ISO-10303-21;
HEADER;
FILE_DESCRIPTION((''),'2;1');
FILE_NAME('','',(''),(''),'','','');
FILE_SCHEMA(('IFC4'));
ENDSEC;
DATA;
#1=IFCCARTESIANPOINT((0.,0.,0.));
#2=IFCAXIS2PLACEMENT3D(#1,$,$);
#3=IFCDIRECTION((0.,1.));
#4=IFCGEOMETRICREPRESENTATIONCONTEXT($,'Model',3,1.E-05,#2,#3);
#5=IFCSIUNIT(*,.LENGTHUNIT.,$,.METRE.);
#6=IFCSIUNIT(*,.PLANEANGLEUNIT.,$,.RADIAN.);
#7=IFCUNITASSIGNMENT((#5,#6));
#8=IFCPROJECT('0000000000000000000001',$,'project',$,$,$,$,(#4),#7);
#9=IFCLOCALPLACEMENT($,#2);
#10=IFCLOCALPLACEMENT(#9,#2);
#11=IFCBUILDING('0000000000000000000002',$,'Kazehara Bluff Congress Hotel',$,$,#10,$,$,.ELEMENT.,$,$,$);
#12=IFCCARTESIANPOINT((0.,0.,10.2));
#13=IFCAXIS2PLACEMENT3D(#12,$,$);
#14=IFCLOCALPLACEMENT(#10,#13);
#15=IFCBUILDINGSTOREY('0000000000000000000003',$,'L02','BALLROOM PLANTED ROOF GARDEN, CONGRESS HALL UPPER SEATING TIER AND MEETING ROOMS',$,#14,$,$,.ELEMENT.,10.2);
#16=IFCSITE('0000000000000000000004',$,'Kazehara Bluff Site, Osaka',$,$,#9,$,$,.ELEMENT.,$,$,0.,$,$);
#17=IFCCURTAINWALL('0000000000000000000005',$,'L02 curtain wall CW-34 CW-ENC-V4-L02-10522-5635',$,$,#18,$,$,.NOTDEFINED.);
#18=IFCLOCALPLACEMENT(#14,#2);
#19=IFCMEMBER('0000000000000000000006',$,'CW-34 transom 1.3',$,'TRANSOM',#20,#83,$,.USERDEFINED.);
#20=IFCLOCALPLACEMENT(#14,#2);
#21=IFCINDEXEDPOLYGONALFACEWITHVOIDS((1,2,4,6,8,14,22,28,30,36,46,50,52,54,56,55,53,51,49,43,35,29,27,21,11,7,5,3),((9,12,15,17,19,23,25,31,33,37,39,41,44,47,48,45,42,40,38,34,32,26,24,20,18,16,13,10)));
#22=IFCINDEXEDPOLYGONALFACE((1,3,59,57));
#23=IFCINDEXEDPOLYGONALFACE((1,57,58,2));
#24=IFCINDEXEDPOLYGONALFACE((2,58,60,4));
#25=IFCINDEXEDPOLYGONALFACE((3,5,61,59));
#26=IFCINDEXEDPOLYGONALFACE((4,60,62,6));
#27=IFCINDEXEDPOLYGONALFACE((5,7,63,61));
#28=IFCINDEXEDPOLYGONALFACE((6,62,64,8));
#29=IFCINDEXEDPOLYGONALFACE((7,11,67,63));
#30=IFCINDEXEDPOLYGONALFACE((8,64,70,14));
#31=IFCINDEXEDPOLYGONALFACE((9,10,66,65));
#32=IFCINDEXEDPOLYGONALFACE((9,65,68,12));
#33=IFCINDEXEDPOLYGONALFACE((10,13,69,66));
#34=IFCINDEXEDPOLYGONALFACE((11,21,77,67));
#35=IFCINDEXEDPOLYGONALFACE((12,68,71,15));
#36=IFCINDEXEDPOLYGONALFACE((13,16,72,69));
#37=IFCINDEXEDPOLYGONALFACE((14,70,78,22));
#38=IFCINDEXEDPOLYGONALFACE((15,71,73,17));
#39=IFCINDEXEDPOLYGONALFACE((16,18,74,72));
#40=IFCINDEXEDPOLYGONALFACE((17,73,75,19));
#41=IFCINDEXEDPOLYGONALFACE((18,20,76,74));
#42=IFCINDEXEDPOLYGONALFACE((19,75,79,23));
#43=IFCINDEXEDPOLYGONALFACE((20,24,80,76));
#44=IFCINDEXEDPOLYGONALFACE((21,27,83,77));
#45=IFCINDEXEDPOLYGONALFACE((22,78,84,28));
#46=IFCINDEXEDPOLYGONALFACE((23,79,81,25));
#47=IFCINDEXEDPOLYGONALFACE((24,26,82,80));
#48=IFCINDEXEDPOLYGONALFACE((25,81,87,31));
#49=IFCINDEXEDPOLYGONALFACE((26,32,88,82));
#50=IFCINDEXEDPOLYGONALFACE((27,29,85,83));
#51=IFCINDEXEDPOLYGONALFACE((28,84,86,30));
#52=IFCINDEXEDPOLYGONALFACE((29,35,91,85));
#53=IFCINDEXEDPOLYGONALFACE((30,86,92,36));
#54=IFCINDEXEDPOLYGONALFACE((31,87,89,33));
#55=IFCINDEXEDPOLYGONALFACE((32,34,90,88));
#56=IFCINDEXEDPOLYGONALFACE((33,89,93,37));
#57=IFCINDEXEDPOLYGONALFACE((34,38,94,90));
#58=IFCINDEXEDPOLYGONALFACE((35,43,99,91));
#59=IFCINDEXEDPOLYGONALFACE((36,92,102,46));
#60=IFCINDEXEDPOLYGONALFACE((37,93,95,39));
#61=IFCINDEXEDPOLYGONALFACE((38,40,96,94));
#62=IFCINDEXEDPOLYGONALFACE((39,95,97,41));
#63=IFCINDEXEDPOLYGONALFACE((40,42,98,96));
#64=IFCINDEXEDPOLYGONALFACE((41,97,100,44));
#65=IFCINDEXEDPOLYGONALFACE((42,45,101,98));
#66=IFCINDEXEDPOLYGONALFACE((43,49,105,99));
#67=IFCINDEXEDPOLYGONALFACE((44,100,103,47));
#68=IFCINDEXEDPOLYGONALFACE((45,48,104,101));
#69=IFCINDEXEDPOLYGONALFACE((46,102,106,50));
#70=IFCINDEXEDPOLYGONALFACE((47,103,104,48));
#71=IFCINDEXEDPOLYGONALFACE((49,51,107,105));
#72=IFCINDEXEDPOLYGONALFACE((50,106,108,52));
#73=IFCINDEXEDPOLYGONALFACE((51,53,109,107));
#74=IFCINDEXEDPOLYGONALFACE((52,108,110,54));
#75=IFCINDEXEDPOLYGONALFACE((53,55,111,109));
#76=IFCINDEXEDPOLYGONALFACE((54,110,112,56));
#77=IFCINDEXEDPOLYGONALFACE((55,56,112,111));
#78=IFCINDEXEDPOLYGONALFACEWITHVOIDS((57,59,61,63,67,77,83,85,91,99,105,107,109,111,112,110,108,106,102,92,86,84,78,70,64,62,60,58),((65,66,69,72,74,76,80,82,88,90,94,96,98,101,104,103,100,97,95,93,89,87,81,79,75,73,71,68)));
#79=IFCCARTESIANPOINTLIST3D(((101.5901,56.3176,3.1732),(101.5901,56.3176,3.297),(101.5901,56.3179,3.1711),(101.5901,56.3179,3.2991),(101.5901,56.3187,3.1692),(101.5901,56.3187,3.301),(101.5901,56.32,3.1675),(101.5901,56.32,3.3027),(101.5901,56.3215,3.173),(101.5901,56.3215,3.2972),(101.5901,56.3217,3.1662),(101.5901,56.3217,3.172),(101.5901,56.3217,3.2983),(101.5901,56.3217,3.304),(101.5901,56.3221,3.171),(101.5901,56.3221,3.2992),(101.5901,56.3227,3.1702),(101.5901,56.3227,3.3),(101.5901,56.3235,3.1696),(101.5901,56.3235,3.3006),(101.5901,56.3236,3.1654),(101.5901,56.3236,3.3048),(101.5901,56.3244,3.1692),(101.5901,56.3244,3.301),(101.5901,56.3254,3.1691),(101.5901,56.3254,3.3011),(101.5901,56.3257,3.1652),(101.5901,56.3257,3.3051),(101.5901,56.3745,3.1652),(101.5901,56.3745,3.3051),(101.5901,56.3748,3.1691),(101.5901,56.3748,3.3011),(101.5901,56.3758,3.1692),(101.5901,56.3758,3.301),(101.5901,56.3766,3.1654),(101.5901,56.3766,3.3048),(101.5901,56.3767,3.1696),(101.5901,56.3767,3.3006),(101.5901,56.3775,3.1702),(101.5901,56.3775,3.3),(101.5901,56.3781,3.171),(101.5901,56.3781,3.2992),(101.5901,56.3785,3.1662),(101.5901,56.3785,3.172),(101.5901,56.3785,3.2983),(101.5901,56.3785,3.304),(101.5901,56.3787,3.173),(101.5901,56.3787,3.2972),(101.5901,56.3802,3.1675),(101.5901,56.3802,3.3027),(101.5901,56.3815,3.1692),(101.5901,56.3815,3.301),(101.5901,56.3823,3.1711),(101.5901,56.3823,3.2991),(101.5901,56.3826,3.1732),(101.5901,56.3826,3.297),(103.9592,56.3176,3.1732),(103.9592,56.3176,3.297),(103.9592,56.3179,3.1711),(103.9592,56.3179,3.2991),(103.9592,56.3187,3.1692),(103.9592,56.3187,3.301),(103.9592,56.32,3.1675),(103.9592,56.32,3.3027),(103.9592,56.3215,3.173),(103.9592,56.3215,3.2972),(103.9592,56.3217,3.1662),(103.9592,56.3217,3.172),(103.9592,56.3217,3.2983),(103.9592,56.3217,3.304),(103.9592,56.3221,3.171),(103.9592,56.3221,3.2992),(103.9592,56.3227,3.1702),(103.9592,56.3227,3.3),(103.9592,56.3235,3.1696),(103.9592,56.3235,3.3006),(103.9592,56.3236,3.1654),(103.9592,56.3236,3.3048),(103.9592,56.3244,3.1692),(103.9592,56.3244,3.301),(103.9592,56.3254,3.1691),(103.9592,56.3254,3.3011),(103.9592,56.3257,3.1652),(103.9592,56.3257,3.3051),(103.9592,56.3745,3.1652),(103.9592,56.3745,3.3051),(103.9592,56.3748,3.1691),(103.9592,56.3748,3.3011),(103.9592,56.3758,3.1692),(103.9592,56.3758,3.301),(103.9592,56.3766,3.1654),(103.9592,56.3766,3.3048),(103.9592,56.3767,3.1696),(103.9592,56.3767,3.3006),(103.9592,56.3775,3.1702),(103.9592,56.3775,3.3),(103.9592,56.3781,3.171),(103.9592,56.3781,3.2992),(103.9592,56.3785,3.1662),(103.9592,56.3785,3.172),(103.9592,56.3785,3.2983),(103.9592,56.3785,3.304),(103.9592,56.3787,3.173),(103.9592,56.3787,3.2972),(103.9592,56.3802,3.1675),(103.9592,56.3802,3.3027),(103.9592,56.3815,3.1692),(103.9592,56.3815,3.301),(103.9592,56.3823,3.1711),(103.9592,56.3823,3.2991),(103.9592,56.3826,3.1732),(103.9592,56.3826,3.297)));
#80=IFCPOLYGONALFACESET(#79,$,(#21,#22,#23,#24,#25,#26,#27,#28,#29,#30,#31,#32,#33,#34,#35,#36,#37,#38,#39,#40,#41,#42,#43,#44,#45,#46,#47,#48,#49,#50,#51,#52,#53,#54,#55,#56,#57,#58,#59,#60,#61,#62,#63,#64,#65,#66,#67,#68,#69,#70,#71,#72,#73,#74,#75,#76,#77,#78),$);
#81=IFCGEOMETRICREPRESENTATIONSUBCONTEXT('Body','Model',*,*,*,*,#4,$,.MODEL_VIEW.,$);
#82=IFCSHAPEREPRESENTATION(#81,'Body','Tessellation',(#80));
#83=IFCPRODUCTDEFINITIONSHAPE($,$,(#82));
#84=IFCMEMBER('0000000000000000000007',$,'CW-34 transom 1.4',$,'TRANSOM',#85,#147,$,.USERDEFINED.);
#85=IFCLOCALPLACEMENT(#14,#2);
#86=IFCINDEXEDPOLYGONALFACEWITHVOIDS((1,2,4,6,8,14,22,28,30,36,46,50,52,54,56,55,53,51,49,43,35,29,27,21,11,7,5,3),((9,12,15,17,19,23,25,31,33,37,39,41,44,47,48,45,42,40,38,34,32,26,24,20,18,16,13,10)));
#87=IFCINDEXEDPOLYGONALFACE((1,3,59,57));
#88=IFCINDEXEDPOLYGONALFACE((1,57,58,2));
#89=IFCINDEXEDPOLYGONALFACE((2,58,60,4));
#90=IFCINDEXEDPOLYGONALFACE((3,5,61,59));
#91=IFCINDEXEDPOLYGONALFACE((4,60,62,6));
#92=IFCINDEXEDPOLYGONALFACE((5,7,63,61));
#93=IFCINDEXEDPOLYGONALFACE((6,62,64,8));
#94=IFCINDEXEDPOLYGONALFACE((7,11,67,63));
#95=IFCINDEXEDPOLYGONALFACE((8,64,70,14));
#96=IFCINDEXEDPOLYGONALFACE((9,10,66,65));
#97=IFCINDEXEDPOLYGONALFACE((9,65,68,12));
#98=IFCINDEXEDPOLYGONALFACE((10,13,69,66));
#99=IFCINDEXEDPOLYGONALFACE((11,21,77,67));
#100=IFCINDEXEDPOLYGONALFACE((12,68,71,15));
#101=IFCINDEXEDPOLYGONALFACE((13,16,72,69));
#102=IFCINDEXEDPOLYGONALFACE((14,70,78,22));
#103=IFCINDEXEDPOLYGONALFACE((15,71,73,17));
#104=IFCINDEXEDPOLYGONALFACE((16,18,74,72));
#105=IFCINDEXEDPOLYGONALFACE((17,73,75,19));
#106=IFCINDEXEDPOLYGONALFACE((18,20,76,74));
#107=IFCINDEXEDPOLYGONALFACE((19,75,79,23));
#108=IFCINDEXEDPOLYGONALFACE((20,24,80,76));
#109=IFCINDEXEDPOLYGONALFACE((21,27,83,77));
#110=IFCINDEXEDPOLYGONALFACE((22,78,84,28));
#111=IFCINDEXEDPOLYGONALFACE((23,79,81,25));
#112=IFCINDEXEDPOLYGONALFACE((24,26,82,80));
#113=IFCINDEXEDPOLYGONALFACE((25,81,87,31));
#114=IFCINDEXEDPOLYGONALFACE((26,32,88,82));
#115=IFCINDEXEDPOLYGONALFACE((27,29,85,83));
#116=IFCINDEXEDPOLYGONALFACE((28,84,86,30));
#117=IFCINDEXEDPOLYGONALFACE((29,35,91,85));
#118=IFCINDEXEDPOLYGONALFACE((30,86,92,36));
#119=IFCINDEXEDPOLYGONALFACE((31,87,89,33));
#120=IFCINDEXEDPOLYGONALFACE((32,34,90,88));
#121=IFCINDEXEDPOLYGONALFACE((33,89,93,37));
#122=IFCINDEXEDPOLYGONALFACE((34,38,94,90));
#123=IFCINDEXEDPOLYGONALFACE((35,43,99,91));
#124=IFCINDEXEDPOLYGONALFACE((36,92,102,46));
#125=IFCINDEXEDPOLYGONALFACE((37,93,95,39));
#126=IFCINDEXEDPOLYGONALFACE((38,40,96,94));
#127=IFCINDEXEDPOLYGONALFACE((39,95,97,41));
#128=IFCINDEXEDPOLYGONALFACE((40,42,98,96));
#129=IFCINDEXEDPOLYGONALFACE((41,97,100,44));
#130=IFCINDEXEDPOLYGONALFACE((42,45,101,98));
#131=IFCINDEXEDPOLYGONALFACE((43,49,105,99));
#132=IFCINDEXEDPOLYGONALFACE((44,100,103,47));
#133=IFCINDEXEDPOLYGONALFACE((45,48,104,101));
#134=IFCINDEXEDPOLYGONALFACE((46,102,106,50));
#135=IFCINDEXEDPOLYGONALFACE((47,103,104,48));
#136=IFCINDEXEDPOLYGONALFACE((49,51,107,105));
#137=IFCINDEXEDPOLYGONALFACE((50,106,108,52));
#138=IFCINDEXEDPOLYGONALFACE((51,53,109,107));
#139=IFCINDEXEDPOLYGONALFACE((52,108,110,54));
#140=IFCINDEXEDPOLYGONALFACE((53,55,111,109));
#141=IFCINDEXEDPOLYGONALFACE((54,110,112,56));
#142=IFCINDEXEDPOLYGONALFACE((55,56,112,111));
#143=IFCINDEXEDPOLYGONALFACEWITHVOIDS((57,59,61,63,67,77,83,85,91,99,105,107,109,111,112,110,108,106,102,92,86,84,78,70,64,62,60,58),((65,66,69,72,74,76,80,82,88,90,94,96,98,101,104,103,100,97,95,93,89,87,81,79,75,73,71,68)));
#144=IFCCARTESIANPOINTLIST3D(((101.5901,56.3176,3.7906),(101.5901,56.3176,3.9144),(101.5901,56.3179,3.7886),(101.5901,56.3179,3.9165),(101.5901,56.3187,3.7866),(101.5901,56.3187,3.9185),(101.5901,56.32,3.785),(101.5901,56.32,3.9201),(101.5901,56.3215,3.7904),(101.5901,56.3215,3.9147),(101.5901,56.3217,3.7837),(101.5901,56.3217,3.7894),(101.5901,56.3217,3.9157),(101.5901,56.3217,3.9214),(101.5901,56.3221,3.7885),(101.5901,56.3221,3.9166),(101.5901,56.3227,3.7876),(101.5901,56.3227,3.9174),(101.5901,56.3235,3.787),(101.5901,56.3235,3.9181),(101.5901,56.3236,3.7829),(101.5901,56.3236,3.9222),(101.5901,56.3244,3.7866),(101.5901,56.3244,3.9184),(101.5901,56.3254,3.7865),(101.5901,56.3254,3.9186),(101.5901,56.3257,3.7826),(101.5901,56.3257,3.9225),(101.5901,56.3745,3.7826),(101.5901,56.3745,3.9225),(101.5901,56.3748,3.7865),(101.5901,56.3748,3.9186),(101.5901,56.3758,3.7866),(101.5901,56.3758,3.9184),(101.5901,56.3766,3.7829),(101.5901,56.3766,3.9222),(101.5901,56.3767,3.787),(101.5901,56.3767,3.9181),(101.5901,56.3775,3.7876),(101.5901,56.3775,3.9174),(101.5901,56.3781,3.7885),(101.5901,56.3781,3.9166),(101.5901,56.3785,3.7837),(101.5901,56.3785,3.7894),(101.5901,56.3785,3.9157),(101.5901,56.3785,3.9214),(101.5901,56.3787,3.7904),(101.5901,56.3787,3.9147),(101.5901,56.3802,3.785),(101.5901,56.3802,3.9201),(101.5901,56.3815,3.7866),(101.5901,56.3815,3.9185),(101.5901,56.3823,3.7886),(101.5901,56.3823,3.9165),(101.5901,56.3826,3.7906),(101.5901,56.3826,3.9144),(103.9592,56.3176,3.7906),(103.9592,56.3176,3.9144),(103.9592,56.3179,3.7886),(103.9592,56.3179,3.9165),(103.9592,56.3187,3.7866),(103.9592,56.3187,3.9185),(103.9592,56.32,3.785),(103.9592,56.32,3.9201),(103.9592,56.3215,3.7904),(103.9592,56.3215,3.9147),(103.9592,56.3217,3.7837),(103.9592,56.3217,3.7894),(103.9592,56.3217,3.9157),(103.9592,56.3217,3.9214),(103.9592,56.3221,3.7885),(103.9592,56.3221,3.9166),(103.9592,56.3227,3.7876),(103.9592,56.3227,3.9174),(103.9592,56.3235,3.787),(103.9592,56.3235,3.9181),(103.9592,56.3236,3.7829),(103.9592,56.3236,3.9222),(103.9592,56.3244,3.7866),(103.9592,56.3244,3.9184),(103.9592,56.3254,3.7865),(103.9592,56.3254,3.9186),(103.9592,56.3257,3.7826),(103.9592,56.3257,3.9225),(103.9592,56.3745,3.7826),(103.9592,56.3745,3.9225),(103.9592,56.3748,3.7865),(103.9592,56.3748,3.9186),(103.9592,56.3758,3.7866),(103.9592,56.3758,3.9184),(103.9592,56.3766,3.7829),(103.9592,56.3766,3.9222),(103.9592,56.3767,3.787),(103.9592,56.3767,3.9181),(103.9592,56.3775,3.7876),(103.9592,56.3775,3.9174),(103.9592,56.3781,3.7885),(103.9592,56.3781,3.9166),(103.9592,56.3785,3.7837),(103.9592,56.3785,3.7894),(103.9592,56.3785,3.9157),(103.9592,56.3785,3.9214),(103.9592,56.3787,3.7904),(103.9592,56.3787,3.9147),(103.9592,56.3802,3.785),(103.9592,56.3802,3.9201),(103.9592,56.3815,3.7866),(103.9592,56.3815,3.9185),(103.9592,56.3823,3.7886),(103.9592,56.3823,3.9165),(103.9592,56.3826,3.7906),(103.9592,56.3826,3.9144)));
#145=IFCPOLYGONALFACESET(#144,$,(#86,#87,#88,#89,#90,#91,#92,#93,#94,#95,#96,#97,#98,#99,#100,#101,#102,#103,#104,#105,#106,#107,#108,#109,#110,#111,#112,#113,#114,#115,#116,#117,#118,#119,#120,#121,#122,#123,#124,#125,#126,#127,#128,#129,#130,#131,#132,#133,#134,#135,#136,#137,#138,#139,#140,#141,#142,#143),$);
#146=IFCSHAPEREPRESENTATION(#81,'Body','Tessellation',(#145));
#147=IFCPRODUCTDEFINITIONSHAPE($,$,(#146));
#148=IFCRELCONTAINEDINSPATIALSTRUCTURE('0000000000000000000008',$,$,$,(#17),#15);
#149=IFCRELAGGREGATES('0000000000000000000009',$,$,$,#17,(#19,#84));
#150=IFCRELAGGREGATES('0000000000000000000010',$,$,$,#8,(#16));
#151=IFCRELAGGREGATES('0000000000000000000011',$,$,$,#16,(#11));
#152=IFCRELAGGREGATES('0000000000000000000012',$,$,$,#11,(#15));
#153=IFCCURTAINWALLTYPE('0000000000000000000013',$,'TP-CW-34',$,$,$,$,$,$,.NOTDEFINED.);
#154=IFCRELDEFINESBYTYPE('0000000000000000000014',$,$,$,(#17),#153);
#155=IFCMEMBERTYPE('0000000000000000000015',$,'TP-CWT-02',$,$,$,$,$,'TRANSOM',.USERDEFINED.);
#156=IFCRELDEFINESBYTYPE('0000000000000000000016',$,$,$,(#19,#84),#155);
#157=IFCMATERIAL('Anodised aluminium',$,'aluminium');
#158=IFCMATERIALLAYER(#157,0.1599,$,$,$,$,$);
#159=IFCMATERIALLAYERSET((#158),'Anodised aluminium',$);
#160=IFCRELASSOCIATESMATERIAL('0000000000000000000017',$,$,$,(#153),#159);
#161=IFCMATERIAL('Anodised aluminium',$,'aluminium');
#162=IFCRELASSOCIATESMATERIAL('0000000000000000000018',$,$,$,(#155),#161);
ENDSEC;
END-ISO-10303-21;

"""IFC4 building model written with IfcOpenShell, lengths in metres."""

from ifc_helpers import new_model, si_unit, direction, frame, origin, origin_2d, place, context, subcontext, project, spatial, hollow_rectangle, extrude, material, layer, layer_set, material_profile, profile_set, type_object, element, aggregate, save


model = new_model("IFC4")

# Units and contexts
model_context = context("Model", 3, precision=1e-05, world=origin(), true_north=direction((0.0, 1.0)))
body_context = subcontext(model_context, "Body", "Model", "MODEL_VIEW")
ifc_project = project(units=[si_unit("LENGTHUNIT", "METRE"), si_unit("PLANEANGLEUNIT", "RADIAN")], contexts=[model_context])

# Site, building, storey
site_placement = place(None, origin())
site = spatial("IfcSite", under=ifc_project, at=site_placement, Name="Kazehara Bluff Site, Osaka", CompositionType="ELEMENT", RefElevation=0.0)
building_placement = place(site_placement, origin())
building = spatial("IfcBuilding", under=site, at=building_placement, Name="Kazehara Bluff Congress Hotel", CompositionType="ELEMENT")
storey_placement = place(building_placement, frame((0.0, 0.0, 10.2)))
storey = spatial("IfcBuildingStorey", under=building, at=storey_placement, Name="L02", Description="BALLROOM PLANTED ROOF GARDEN, CONGRESS HALL UPPER SEATING TIER AND MEETING ROOMS", CompositionType="ELEMENT", Elevation=10.2)

# Curtain wall
ifc_material_1 = material(Name="Anodised aluminium", Category="aluminium")
ifc_layer_1 = layer(ifc_material_1, 0.1599)
ifc_layer_set_1 = layer_set([ifc_layer_1], Name="Anodised aluminium")
curtain_wall_type_1 = type_object("IfcCurtainWallType", Name="TP-CW-34", PredefinedType="NOTDEFINED", material=ifc_layer_set_1)
curtain_wall_1_placement = place(storey_placement, origin())
curtain_wall_1 = element("IfcCurtainWall", 1, at=curtain_wall_1_placement, inside=storey, type_object=curtain_wall_type_1, Name="L02 curtain wall CW-34 CW-ENC-V4-L02-10522-5635", PredefinedType="NOTDEFINED")

# Members
ifc_material_2 = material(Name="Anodised aluminium", Category="aluminium")
ifc_material_profile_1 = material_profile(ifc_material_2, hollow_rectangle(XDim=0.0649, YDim=0.1399, WallThickness=0.0039, InnerFilletRadius=0.0039, OuterFilletRadius=0.0081, at=origin_2d()))
ifc_profile_set_1 = profile_set([ifc_material_profile_1], Name="Anodised aluminium")
member_type_1 = type_object("IfcMemberType", Name="TP-CWT-02", ElementType="TRANSOM", PredefinedType="USERDEFINED", material=ifc_profile_set_1)
member_1_placement = place(storey_placement, frame((101.5901, 56.3501, 3.2351), z_axis=(1.0, 0.0, 0.0), x_axis=(0.0, 1.0, 0.0)))
member_1 = element("IfcMember", 2, at=member_1_placement, type_object=member_type_1, Name="CW-34 transom 1.3", ObjectType="TRANSOM", PredefinedType="USERDEFINED", context=body_context, shape_type="SweptSolid", body=[
    extrude(hollow_rectangle(XDim=0.0649, YDim=0.1399, WallThickness=0.0039, InnerFilletRadius=0.0039, OuterFilletRadius=0.0081, at=origin_2d()), origin(), (0.0, 0.0, 1.0), 2.3691),
])
member_2_placement = place(storey_placement, frame((101.5901, 56.3501, 3.8525), z_axis=(1.0, 0.0, 0.0), x_axis=(0.0, 1.0, 0.0)))
member_2 = element("IfcMember", 3, at=member_2_placement, type_object=member_type_1, Name="CW-34 transom 1.4", ObjectType="TRANSOM", PredefinedType="USERDEFINED", context=body_context, shape_type="SweptSolid", body=[
    extrude(hollow_rectangle(XDim=0.0649, YDim=0.1399, WallThickness=0.0039, InnerFilletRadius=0.0039, OuterFilletRadius=0.0081, at=origin_2d()), origin(), (0.0, 0.0, 1.0), 2.3691),
])

aggregate(curtain_wall_1, [member_1, member_2])

save(model, "model.ifc")
